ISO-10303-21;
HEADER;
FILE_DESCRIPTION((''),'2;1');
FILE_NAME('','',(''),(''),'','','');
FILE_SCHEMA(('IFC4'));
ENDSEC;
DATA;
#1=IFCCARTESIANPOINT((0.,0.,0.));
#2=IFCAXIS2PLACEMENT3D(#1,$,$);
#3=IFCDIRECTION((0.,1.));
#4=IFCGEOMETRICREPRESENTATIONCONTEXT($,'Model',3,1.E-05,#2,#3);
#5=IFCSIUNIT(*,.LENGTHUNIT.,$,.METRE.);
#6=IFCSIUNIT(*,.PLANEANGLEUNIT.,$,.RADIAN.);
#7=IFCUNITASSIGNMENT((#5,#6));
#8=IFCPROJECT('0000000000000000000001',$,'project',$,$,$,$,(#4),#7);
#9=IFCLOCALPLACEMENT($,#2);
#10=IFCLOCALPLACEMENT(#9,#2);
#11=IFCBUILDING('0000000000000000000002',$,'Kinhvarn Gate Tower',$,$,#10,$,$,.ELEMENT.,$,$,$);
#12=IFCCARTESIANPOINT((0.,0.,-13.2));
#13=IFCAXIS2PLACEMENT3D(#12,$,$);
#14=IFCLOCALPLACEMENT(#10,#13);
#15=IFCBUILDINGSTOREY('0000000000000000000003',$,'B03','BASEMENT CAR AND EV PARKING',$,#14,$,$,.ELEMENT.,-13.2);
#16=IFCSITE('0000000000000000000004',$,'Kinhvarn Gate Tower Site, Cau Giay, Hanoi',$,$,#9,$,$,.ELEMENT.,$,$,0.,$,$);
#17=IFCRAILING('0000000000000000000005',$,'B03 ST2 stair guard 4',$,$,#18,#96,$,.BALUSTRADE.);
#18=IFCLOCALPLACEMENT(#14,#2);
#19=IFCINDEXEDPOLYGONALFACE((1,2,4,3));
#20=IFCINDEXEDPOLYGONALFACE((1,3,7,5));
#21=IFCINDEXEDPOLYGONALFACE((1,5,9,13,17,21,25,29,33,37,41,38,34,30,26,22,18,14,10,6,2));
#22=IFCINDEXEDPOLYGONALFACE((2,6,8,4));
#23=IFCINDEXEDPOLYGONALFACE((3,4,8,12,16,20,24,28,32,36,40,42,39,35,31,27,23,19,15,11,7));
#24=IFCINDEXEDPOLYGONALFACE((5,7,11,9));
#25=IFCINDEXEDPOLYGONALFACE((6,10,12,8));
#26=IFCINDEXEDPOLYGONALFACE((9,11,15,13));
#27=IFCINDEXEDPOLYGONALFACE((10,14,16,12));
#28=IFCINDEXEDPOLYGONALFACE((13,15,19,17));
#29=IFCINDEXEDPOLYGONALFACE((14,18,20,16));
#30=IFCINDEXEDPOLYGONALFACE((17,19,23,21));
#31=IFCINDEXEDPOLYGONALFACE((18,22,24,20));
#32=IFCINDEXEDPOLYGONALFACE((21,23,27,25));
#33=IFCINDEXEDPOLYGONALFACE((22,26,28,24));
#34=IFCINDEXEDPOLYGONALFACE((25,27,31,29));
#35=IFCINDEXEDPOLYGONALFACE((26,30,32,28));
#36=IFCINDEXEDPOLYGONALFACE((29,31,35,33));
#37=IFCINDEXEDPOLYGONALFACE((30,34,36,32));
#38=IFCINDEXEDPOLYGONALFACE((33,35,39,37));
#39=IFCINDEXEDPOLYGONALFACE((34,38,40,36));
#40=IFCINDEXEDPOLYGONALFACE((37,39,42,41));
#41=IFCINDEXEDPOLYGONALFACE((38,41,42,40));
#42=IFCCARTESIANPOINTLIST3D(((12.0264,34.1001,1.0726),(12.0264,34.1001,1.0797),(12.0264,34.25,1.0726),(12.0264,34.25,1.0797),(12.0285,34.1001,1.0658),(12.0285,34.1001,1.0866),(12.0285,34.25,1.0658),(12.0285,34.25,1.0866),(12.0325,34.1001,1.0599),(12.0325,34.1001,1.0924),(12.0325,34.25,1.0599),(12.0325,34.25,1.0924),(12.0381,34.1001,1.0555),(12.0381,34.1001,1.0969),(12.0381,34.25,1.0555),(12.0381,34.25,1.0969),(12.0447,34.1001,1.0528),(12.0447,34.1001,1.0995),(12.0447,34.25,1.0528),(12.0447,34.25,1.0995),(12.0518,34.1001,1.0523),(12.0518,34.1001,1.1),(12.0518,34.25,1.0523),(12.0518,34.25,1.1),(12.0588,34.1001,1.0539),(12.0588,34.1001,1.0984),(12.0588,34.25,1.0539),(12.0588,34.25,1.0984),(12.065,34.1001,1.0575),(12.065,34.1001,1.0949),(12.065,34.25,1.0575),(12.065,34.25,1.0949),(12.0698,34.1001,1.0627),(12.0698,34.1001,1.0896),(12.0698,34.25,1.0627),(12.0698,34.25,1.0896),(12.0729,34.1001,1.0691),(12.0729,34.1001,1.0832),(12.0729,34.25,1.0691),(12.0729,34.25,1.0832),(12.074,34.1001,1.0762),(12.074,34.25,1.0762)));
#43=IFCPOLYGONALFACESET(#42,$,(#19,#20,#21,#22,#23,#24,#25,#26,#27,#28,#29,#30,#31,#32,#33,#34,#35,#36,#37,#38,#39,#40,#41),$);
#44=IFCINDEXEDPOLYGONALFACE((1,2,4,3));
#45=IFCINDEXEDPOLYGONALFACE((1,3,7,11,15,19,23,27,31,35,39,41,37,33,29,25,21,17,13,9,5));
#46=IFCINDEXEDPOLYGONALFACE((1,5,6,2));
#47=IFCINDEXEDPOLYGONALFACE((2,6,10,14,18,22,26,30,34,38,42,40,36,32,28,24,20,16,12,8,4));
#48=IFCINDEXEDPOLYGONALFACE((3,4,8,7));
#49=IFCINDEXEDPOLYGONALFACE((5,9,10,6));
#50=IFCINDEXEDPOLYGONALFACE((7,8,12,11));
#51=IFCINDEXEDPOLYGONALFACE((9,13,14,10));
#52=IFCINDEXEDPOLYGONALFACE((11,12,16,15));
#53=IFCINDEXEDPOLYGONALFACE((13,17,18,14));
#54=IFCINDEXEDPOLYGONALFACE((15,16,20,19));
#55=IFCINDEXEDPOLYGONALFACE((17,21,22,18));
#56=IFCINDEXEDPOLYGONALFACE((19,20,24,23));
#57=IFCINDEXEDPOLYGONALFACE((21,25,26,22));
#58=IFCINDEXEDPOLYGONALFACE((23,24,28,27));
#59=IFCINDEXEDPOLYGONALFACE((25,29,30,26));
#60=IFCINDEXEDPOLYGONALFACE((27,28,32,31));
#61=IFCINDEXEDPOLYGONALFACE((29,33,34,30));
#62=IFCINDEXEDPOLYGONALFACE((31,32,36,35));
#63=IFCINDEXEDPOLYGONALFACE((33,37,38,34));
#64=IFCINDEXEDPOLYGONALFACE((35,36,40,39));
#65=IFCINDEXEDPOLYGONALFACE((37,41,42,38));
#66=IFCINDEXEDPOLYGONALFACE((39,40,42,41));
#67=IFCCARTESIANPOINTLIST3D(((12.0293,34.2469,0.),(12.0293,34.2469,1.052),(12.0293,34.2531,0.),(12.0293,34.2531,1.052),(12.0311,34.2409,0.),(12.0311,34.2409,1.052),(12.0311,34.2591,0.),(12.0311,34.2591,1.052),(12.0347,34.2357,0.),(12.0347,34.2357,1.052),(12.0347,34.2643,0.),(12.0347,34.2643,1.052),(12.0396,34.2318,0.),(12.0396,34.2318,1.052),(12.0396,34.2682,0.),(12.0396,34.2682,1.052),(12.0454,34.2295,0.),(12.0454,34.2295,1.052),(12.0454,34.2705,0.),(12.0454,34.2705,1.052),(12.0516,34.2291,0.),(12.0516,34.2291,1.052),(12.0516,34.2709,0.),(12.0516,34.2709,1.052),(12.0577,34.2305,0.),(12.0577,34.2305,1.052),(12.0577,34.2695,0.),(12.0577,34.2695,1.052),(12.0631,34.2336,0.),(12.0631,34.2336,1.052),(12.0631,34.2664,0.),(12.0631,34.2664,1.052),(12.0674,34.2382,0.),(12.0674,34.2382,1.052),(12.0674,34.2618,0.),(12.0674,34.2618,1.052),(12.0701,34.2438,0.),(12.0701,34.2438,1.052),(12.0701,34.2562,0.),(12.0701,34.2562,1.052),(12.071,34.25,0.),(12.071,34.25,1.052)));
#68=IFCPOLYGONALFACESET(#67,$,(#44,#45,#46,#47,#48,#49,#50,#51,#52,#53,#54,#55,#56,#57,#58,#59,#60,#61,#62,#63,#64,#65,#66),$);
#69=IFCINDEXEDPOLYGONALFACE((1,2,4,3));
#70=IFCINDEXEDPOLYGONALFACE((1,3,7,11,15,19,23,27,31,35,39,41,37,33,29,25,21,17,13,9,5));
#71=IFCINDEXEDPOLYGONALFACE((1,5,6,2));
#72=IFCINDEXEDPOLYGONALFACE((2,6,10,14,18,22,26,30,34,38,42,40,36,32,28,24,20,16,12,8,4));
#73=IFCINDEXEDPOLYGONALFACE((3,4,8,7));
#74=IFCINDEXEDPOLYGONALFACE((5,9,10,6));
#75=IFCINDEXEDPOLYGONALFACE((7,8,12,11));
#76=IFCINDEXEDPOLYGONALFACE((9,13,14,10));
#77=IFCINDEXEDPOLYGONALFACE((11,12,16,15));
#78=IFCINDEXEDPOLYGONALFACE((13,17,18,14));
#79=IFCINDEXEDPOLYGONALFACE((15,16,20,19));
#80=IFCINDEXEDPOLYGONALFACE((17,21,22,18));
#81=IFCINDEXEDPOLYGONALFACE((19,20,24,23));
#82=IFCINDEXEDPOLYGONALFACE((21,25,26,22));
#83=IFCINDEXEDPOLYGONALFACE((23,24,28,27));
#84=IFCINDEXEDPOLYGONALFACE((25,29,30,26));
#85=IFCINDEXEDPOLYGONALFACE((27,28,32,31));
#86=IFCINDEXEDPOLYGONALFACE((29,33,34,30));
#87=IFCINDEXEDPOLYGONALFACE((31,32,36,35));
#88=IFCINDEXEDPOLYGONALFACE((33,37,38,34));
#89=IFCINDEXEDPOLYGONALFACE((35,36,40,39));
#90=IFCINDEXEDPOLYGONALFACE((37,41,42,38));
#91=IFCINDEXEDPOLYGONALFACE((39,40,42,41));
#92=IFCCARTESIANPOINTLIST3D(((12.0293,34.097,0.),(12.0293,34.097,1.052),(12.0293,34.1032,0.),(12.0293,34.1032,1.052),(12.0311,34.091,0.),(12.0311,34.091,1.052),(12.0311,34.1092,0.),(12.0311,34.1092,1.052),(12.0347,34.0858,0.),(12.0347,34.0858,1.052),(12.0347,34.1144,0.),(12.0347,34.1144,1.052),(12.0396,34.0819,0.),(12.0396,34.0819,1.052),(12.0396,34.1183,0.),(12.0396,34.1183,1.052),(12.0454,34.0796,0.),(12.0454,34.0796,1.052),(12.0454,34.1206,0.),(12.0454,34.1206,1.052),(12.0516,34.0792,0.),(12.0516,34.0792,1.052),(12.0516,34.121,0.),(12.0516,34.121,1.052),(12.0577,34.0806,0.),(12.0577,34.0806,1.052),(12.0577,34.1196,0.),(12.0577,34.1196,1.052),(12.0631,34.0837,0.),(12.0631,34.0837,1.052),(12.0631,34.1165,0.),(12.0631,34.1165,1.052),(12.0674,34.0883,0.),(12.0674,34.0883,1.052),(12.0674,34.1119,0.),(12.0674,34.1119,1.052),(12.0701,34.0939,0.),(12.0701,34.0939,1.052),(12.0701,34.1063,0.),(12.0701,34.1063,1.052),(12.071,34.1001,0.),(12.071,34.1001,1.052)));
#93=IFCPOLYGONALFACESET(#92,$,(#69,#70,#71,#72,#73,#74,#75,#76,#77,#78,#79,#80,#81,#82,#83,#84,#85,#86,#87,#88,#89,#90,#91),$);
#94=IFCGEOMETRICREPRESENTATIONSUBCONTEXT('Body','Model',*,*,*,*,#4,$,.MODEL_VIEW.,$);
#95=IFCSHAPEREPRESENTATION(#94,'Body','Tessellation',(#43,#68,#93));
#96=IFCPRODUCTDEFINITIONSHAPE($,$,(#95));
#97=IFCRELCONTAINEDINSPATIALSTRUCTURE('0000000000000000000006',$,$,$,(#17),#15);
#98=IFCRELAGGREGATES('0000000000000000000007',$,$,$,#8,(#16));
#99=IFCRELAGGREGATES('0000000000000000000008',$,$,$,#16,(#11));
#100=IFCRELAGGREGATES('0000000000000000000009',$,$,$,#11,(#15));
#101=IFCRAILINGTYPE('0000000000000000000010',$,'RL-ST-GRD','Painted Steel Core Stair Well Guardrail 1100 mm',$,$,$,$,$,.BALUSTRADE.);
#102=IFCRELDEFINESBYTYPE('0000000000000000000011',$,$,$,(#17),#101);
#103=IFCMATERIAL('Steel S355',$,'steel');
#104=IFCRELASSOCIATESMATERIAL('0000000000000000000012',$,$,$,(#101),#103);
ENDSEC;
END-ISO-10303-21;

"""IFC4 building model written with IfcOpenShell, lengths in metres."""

from ifc_helpers import new_model, si_unit, direction, frame, origin, origin_2d, place, context, subcontext, project, spatial, circle, extrude, material, type_object, element, save


model = new_model("IFC4")

# Units and contexts
model_context = context("Model", 3, precision=1e-05, world=origin(), true_north=direction((0.0, 1.0)))
body_context = subcontext(model_context, "Body", "Model", "MODEL_VIEW")
ifc_project = project(units=[si_unit("LENGTHUNIT", "METRE"), si_unit("PLANEANGLEUNIT", "RADIAN")], contexts=[model_context])

# Site, building, storey
site_placement = place(None, origin())
site = spatial("IfcSite", under=ifc_project, at=site_placement, Name="Kinhvarn Gate Tower Site, Cau Giay, Hanoi", CompositionType="ELEMENT", RefElevation=0.0)
building_placement = place(site_placement, origin())
building = spatial("IfcBuilding", under=site, at=building_placement, Name="Kinhvarn Gate Tower", CompositionType="ELEMENT")
storey_placement = place(building_placement, frame((0.0, 0.0, -13.2)))
storey = spatial("IfcBuildingStorey", under=building, at=storey_placement, Name="B03", Description="BASEMENT CAR AND EV PARKING", CompositionType="ELEMENT", Elevation=-13.2)

# Shared definitions
ifc_material_1 = material(Name="Steel S355", Category="steel")

# Railing
railing_type_1 = type_object("IfcRailingType", Name="RL-ST-GRD", Description="Painted Steel Core Stair Well Guardrail 1100 mm", PredefinedType="BALUSTRADE", material=ifc_material_1)
railing_1_placement = place(storey_placement, frame((12.05, 34.25, 0.0)))
element("IfcRailing", 1, at=railing_1_placement, inside=storey, type_object=railing_type_1, Name="B03 ST2 stair guard 4", PredefinedType="BALUSTRADE", context=body_context, shape_type="SweptSolid", body=[
    extrude(circle(Radius=0.0239, at=origin_2d()), frame((0.0, 0.0, 1.0762), z_axis=(0.0, -1.0, 0.0), x_axis=(1.0, 0.0, 0.0)), (0.0, 0.0, 1.0), 0.1499),
    extrude(circle(Radius=0.021, at=origin_2d()), origin(), (0.0, 0.0, 1.0), 1.052),
    extrude(circle(Radius=0.021, at=origin_2d()), frame((0.0, -0.1499, 0.0)), (0.0, 0.0, 1.0), 1.052),
])

save(model, "model.ifc")
